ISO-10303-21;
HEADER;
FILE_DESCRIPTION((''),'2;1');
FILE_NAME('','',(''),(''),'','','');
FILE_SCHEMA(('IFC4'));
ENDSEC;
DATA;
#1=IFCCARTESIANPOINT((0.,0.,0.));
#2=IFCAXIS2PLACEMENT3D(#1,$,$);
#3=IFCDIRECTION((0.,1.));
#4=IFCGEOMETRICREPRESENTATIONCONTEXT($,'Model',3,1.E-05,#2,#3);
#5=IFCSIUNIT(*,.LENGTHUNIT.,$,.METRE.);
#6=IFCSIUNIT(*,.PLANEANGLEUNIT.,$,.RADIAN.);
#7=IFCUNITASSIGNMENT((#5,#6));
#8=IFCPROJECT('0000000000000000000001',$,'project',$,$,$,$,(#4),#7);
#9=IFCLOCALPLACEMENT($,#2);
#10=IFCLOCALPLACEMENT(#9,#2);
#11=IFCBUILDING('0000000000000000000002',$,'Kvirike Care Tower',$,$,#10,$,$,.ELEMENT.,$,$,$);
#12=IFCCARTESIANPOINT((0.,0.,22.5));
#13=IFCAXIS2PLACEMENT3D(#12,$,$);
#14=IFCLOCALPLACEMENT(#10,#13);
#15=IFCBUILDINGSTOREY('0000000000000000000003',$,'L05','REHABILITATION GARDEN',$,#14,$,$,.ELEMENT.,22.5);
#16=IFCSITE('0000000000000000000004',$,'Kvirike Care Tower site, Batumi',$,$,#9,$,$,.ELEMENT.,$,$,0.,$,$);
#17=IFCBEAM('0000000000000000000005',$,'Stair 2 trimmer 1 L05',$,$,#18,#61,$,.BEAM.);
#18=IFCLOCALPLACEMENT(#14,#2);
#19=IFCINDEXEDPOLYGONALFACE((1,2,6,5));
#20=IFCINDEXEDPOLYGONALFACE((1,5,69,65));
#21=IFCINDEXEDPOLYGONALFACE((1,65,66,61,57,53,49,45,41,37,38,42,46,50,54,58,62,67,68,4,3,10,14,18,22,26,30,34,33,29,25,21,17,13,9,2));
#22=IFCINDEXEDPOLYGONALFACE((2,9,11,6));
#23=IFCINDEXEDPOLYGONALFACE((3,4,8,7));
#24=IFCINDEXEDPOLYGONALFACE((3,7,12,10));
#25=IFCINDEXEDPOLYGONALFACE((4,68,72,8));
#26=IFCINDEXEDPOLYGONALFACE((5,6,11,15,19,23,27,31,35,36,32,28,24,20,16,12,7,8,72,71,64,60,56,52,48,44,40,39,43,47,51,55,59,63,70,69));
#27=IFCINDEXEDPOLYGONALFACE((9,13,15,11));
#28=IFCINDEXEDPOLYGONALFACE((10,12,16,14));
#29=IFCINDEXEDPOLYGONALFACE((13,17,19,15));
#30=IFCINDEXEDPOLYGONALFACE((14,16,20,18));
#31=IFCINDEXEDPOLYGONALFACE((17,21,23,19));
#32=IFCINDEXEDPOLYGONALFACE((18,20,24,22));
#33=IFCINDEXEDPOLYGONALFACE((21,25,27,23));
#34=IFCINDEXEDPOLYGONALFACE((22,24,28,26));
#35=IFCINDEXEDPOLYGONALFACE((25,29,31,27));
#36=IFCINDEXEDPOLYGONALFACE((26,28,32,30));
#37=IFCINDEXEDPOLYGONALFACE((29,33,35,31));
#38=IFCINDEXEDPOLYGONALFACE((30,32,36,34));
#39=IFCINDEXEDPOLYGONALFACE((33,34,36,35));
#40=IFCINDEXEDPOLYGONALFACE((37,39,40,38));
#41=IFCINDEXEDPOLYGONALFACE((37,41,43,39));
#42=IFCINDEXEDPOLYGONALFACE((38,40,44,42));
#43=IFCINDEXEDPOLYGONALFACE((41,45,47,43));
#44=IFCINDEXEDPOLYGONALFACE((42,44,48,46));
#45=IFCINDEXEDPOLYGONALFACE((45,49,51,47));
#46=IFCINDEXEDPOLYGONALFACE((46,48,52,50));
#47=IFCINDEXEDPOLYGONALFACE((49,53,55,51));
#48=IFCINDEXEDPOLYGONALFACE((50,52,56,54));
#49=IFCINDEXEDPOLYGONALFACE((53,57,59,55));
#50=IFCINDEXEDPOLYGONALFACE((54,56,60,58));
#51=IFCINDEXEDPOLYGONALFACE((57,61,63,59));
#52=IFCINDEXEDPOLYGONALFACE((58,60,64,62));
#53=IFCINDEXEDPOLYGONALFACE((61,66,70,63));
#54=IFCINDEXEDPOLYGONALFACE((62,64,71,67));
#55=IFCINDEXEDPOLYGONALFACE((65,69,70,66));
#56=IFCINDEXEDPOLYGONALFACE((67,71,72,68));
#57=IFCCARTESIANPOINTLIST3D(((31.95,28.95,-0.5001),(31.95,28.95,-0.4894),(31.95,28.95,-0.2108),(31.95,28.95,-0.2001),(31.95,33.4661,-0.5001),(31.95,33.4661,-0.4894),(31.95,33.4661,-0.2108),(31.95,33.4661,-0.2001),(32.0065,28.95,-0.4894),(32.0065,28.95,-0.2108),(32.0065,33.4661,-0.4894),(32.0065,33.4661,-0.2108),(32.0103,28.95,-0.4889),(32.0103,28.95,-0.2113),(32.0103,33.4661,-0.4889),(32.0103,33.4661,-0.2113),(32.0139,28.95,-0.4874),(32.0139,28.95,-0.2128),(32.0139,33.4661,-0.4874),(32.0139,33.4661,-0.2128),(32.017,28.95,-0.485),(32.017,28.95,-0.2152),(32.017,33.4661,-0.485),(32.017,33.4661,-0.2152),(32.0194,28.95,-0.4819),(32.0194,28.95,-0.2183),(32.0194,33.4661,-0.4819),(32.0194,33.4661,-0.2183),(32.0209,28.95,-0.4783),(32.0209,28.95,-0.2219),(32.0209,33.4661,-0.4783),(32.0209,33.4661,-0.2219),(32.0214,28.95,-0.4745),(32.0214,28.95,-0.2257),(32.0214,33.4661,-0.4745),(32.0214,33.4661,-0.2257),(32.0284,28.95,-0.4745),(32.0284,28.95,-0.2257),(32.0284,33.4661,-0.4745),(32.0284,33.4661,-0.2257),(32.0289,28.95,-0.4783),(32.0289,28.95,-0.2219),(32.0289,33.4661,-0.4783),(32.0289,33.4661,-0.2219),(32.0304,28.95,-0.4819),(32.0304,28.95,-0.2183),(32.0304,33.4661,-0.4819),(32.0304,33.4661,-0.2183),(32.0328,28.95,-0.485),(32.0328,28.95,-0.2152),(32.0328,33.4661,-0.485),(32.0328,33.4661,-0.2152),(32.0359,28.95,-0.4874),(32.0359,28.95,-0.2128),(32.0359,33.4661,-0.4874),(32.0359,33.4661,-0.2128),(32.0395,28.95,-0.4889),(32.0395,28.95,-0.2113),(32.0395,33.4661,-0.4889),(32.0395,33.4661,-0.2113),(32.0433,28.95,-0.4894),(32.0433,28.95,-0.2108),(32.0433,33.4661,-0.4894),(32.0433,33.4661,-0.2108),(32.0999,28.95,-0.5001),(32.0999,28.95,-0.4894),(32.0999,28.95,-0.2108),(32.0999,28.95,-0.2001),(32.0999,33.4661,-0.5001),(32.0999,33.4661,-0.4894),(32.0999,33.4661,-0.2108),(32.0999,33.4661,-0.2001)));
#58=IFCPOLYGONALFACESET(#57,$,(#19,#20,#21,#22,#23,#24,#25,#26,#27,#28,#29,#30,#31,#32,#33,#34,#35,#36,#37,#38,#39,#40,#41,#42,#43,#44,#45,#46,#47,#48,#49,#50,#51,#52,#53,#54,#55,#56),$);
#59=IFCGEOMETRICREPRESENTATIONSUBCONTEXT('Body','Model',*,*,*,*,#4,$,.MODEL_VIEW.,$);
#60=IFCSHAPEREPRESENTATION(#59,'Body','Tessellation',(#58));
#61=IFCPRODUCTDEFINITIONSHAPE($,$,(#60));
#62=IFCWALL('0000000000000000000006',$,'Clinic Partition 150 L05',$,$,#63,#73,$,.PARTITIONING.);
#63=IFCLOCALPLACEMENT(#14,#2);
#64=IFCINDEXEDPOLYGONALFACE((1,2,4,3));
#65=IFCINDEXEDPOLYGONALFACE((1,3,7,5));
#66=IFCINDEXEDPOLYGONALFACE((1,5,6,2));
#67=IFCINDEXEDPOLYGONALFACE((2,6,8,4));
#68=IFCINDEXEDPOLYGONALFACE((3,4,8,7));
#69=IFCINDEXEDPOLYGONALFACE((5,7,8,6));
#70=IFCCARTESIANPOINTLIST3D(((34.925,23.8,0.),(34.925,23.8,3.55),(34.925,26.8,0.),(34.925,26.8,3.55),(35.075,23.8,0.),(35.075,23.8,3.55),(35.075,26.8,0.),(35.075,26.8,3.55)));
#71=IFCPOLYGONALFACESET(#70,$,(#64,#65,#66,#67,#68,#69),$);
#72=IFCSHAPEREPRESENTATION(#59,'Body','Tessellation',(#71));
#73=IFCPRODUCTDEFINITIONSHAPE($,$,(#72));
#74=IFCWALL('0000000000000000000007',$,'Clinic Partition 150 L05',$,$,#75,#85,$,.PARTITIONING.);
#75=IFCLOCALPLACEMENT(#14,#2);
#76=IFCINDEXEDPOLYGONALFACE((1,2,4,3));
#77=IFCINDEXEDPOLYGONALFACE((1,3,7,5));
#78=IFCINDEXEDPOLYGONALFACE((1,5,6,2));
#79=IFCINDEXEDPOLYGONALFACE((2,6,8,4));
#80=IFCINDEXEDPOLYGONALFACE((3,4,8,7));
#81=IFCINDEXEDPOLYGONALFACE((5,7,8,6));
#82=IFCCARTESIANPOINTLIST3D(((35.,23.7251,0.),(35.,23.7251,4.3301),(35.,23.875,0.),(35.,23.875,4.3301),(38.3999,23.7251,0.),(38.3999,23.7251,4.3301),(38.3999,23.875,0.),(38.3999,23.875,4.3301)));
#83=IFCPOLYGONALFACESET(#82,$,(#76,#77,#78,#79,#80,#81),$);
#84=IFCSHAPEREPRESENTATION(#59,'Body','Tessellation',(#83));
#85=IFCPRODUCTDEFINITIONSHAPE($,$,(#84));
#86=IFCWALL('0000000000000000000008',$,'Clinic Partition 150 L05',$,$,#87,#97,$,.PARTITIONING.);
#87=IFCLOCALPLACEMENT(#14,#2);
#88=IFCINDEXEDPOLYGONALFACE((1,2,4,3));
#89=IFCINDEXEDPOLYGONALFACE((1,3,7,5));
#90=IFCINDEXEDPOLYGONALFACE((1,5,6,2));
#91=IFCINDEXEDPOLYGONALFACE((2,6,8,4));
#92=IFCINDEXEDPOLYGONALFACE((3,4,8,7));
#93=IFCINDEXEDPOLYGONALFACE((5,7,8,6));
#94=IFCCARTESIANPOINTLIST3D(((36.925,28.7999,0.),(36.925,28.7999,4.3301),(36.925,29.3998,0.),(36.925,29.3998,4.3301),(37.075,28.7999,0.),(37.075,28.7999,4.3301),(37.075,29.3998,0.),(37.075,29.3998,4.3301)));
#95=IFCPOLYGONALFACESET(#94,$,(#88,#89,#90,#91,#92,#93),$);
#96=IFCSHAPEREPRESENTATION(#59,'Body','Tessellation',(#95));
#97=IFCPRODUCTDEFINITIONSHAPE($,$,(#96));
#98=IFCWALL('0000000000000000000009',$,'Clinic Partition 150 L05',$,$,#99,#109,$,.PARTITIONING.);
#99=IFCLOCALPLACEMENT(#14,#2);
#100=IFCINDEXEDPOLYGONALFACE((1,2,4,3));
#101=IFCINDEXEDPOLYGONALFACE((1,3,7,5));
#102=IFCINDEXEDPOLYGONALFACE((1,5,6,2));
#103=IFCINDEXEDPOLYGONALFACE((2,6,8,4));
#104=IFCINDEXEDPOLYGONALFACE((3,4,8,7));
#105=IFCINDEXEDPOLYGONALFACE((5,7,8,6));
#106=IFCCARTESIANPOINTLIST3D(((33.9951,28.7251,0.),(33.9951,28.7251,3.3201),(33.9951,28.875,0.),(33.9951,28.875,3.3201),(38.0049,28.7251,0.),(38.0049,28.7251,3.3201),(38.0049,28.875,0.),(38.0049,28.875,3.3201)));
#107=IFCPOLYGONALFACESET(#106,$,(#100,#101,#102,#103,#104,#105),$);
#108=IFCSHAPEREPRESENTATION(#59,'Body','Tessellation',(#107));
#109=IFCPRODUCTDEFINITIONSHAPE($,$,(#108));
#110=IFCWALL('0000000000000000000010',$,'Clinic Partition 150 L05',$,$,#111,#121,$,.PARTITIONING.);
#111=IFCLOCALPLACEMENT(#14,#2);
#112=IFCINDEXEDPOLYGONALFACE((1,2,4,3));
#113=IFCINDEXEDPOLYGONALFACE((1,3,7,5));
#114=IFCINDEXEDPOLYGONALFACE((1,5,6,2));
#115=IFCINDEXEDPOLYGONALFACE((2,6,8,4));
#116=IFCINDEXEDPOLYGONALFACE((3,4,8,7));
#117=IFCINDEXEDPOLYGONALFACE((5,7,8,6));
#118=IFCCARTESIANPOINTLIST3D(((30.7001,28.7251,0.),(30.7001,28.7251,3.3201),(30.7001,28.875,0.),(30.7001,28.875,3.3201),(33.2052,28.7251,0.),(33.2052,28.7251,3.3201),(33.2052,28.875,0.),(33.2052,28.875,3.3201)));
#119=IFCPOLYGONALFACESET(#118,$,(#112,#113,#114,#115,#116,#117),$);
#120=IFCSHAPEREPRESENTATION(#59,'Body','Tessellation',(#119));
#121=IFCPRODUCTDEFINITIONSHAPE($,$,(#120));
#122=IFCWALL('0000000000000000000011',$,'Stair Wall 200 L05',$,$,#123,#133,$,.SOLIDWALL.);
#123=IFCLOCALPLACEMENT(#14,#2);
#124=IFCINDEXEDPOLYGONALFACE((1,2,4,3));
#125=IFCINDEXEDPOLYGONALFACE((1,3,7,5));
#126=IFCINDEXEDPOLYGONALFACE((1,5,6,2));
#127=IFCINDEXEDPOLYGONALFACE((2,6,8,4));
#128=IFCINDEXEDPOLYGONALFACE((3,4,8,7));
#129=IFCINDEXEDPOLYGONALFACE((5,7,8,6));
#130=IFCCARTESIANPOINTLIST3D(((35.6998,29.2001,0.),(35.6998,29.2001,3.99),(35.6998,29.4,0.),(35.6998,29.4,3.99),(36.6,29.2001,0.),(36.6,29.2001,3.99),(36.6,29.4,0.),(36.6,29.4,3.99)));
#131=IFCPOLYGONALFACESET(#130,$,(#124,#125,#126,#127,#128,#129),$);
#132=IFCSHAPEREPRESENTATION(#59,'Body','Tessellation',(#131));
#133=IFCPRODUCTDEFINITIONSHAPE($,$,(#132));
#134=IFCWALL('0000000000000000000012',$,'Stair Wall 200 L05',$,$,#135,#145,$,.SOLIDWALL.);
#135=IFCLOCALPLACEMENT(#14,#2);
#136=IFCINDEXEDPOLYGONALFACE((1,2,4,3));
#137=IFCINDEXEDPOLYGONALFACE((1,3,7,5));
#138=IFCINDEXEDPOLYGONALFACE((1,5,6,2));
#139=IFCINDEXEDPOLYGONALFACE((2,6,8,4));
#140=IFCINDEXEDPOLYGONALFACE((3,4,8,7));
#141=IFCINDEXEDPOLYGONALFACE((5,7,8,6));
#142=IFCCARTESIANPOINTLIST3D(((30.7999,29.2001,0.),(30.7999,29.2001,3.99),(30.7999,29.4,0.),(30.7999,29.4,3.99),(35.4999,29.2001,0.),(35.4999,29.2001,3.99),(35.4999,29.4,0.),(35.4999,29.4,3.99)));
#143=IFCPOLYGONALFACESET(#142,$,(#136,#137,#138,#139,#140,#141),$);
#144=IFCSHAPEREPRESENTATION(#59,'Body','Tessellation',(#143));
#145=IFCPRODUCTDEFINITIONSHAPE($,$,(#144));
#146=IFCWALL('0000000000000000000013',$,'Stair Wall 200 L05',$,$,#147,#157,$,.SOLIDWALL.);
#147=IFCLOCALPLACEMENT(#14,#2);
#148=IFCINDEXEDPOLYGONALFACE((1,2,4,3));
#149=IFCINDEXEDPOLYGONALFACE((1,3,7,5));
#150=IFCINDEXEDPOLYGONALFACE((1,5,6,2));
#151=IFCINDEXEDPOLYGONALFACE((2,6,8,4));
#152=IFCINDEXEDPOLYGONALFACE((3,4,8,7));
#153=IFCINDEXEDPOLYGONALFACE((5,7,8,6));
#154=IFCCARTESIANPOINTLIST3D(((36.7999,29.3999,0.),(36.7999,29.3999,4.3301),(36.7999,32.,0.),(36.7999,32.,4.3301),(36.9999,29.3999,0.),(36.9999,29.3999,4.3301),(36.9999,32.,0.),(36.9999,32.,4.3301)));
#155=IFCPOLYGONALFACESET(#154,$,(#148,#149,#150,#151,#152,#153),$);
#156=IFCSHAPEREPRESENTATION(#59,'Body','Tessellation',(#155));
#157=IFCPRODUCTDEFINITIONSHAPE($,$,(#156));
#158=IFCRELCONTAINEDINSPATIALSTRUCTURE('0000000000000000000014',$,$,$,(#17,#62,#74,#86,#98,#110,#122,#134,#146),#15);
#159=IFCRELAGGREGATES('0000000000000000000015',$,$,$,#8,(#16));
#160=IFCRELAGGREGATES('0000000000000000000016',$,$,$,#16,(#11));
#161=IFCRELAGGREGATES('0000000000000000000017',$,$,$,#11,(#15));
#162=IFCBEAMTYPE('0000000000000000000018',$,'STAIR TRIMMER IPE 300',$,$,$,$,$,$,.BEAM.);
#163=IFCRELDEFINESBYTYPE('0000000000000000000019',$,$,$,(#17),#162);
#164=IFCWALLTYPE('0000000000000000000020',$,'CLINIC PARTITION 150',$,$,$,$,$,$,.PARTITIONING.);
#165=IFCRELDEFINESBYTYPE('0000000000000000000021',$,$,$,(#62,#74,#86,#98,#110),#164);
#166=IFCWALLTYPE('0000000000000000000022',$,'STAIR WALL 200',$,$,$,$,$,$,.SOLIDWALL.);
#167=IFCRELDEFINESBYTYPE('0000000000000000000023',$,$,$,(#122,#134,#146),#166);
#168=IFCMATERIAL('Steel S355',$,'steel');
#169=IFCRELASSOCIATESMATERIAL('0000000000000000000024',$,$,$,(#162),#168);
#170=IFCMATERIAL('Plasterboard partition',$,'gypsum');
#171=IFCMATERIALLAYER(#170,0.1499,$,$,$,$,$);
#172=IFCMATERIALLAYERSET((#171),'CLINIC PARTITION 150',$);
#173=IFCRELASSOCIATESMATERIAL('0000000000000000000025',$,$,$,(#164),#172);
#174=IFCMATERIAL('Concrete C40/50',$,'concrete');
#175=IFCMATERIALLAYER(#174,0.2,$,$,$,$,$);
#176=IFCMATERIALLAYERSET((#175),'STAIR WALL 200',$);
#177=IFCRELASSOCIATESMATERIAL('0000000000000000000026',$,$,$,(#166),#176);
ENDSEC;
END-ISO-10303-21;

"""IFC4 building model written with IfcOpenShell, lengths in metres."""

from ifc_helpers import new_model, si_unit, direction, frame, frame_2d, origin, origin_2d, place, context, subcontext, project, spatial, rectangle, i_section, extrude, material, layer, layer_set, material_profile, profile_set, type_object, element, save


model = new_model("IFC4")

# Units and contexts
model_context = context("Model", 3, precision=1e-05, world=origin(), true_north=direction((0.0, 1.0)))
body_context = subcontext(model_context, "Body", "Model", "MODEL_VIEW")
ifc_project = project(units=[si_unit("LENGTHUNIT", "METRE"), si_unit("PLANEANGLEUNIT", "RADIAN")], contexts=[model_context])

# Site, building, storey
site_placement = place(None, origin())
site = spatial("IfcSite", under=ifc_project, at=site_placement, Name="Kvirike Care Tower site, Batumi", CompositionType="ELEMENT", RefElevation=0.0)
building_placement = place(site_placement, origin())
building = spatial("IfcBuilding", under=site, at=building_placement, Name="Kvirike Care Tower", CompositionType="ELEMENT")
storey_placement = place(building_placement, frame((0.0, 0.0, 22.5)))
storey = spatial("IfcBuildingStorey", under=building, at=storey_placement, Name="L05", Description="REHABILITATION GARDEN", CompositionType="ELEMENT", Elevation=22.5)

# Beam
ifc_material_1 = material(Name="Steel S355", Category="steel")
ifc_material_profile_1 = material_profile(ifc_material_1, i_section(OverallWidth=0.1499, OverallDepth=0.3, WebThickness=0.0071, FlangeThickness=0.0107, FilletRadius=0.0149, at=origin_2d()), Name="IPE 300")
ifc_profile_set_1 = profile_set([ifc_material_profile_1], Name="Steel S355")
beam_type_1 = type_object("IfcBeamType", Name="STAIR TRIMMER IPE 300", PredefinedType="BEAM", material=ifc_profile_set_1)
beam_1_placement = place(storey_placement, frame((32.0249, 28.95, -0.3501), z_axis=(0.0, 1.0, 0.0), x_axis=(-1.0, 0.0, 0.0)))
element("IfcBeam", 1, at=beam_1_placement, inside=storey, type_object=beam_type_1, Name="Stair 2 trimmer 1 L05", PredefinedType="BEAM", context=body_context, shape_type="SweptSolid", body=[
    extrude(i_section(OverallWidth=0.1499, OverallDepth=0.3, WebThickness=0.0071, FlangeThickness=0.0107, FilletRadius=0.0149, at=origin_2d()), origin(), (0.0, 0.0, 1.0), 4.5161),
])

# Walls
ifc_material_2 = material(Name="Plasterboard partition", Category="gypsum")
ifc_layer_1 = layer(ifc_material_2, 0.1499)
ifc_layer_set_1 = layer_set([ifc_layer_1], Name="CLINIC PARTITION 150")
wall_type_1 = type_object("IfcWallType", Name="CLINIC PARTITION 150", PredefinedType="PARTITIONING", material=ifc_layer_set_1)
wall_1_placement = place(storey_placement, frame((35.0, 23.8, 0.0), z_axis=(0.0, 0.0, 1.0), x_axis=(0.0, 1.0, 0.0)))
element("IfcWall", 2, at=wall_1_placement, inside=storey, type_object=wall_type_1, Name="Clinic Partition 150 L05", PredefinedType="PARTITIONING", context=body_context, shape_type="SweptSolid", body=[
    extrude(rectangle(XDim=3.0, YDim=0.1499, at=frame_2d((1.5, 0.0))), origin(), (0.0, 0.0, 1.0), 3.55),
])
wall_2_placement = place(storey_placement, frame((35.0, 23.8, 0.0), z_axis=(0.0, 0.0, 1.0), x_axis=(1.0, 0.0, 0.0)))
element("IfcWall", 3, at=wall_2_placement, inside=storey, type_object=wall_type_1, Name="Clinic Partition 150 L05", PredefinedType="PARTITIONING", context=body_context, shape_type="SweptSolid", body=[
    extrude(rectangle(XDim=3.3999, YDim=0.1499, at=frame_2d((1.7, 0.0))), origin(), (0.0, 0.0, 1.0), 4.3301),
])
wall_3_placement = place(storey_placement, frame((37.0, 28.8, 0.0), z_axis=(0.0, 0.0, 1.0), x_axis=(0.0, 1.0, 0.0)))
element("IfcWall", 4, at=wall_3_placement, inside=storey, type_object=wall_type_1, Name="Clinic Partition 150 L05", PredefinedType="PARTITIONING", context=body_context, shape_type="SweptSolid", body=[
    extrude(rectangle(XDim=0.5999, YDim=0.1499, at=frame_2d((0.2998, 0.0))), origin(), (0.0, 0.0, 1.0), 4.3301),
])
wall_4_placement = place(storey_placement, frame((38.0049, 28.8, 0.0), z_axis=(0.0, 0.0, 1.0), x_axis=(-1.0, 0.0, 0.0)))
element("IfcWall", 5, at=wall_4_placement, inside=storey, type_object=wall_type_1, Name="Clinic Partition 150 L05", PredefinedType="PARTITIONING", context=body_context, shape_type="SweptSolid", body=[
    extrude(rectangle(XDim=4.0098, YDim=0.1499, at=frame_2d((2.0049, 0.0))), origin(), (0.0, 0.0, 1.0), 3.3201),
])
wall_5_placement = place(storey_placement, frame((33.2051, 28.8, 0.0), z_axis=(0.0, 0.0, 1.0), x_axis=(-1.0, 0.0, 0.0)))
element("IfcWall", 6, at=wall_5_placement, inside=storey, type_object=wall_type_1, Name="Clinic Partition 150 L05", PredefinedType="PARTITIONING", context=body_context, shape_type="SweptSolid", body=[
    extrude(rectangle(XDim=2.5051, YDim=0.1499, at=frame_2d((1.2524, 0.0))), origin(), (0.0, 0.0, 1.0), 3.3201),
])
ifc_material_3 = material(Name="Concrete C40/50", Category="concrete")
ifc_layer_2 = layer(ifc_material_3, 0.2)
ifc_layer_set_2 = layer_set([ifc_layer_2], Name="STAIR WALL 200")
wall_type_2 = type_object("IfcWallType", Name="STAIR WALL 200", PredefinedType="SOLIDWALL", material=ifc_layer_set_2)
wall_6_placement = place(storey_placement, frame((36.6001, 29.3, 0.0), z_axis=(0.0, 0.0, 1.0), x_axis=(-1.0, 0.0, 0.0)))
element("IfcWall", 7, at=wall_6_placement, inside=storey, type_object=wall_type_2, Name="Stair Wall 200 L05", PredefinedType="SOLIDWALL", context=body_context, shape_type="SweptSolid", body=[
    extrude(rectangle(XDim=0.9001, YDim=0.2, at=frame_2d((0.4502, 0.0))), origin(), (0.0, 0.0, 1.0), 3.99),
])
wall_7_placement = place(storey_placement, frame((35.5, 29.3, 0.0), z_axis=(0.0, 0.0, 1.0), x_axis=(-1.0, 0.0, 0.0)))
element("IfcWall", 8, at=wall_7_placement, inside=storey, type_object=wall_type_2, Name="Stair Wall 200 L05", PredefinedType="SOLIDWALL", context=body_context, shape_type="SweptSolid", body=[
    extrude(rectangle(XDim=4.7, YDim=0.2, at=frame_2d((2.3501, 0.0))), origin(), (0.0, 0.0, 1.0), 3.99),
])
wall_8_placement = place(storey_placement, frame((36.8999, 29.3999, 0.0), z_axis=(0.0, 0.0, 1.0), x_axis=(0.0, 1.0, 0.0)))
element("IfcWall", 9, at=wall_8_placement, inside=storey, type_object=wall_type_2, Name="Stair Wall 200 L05", PredefinedType="SOLIDWALL", context=body_context, shape_type="SweptSolid", body=[
    extrude(rectangle(XDim=2.6001, YDim=0.2, at=frame_2d((1.3, 0.0))), origin(), (0.0, 0.0, 1.0), 4.3301),
])

save(model, "model.ifc")
